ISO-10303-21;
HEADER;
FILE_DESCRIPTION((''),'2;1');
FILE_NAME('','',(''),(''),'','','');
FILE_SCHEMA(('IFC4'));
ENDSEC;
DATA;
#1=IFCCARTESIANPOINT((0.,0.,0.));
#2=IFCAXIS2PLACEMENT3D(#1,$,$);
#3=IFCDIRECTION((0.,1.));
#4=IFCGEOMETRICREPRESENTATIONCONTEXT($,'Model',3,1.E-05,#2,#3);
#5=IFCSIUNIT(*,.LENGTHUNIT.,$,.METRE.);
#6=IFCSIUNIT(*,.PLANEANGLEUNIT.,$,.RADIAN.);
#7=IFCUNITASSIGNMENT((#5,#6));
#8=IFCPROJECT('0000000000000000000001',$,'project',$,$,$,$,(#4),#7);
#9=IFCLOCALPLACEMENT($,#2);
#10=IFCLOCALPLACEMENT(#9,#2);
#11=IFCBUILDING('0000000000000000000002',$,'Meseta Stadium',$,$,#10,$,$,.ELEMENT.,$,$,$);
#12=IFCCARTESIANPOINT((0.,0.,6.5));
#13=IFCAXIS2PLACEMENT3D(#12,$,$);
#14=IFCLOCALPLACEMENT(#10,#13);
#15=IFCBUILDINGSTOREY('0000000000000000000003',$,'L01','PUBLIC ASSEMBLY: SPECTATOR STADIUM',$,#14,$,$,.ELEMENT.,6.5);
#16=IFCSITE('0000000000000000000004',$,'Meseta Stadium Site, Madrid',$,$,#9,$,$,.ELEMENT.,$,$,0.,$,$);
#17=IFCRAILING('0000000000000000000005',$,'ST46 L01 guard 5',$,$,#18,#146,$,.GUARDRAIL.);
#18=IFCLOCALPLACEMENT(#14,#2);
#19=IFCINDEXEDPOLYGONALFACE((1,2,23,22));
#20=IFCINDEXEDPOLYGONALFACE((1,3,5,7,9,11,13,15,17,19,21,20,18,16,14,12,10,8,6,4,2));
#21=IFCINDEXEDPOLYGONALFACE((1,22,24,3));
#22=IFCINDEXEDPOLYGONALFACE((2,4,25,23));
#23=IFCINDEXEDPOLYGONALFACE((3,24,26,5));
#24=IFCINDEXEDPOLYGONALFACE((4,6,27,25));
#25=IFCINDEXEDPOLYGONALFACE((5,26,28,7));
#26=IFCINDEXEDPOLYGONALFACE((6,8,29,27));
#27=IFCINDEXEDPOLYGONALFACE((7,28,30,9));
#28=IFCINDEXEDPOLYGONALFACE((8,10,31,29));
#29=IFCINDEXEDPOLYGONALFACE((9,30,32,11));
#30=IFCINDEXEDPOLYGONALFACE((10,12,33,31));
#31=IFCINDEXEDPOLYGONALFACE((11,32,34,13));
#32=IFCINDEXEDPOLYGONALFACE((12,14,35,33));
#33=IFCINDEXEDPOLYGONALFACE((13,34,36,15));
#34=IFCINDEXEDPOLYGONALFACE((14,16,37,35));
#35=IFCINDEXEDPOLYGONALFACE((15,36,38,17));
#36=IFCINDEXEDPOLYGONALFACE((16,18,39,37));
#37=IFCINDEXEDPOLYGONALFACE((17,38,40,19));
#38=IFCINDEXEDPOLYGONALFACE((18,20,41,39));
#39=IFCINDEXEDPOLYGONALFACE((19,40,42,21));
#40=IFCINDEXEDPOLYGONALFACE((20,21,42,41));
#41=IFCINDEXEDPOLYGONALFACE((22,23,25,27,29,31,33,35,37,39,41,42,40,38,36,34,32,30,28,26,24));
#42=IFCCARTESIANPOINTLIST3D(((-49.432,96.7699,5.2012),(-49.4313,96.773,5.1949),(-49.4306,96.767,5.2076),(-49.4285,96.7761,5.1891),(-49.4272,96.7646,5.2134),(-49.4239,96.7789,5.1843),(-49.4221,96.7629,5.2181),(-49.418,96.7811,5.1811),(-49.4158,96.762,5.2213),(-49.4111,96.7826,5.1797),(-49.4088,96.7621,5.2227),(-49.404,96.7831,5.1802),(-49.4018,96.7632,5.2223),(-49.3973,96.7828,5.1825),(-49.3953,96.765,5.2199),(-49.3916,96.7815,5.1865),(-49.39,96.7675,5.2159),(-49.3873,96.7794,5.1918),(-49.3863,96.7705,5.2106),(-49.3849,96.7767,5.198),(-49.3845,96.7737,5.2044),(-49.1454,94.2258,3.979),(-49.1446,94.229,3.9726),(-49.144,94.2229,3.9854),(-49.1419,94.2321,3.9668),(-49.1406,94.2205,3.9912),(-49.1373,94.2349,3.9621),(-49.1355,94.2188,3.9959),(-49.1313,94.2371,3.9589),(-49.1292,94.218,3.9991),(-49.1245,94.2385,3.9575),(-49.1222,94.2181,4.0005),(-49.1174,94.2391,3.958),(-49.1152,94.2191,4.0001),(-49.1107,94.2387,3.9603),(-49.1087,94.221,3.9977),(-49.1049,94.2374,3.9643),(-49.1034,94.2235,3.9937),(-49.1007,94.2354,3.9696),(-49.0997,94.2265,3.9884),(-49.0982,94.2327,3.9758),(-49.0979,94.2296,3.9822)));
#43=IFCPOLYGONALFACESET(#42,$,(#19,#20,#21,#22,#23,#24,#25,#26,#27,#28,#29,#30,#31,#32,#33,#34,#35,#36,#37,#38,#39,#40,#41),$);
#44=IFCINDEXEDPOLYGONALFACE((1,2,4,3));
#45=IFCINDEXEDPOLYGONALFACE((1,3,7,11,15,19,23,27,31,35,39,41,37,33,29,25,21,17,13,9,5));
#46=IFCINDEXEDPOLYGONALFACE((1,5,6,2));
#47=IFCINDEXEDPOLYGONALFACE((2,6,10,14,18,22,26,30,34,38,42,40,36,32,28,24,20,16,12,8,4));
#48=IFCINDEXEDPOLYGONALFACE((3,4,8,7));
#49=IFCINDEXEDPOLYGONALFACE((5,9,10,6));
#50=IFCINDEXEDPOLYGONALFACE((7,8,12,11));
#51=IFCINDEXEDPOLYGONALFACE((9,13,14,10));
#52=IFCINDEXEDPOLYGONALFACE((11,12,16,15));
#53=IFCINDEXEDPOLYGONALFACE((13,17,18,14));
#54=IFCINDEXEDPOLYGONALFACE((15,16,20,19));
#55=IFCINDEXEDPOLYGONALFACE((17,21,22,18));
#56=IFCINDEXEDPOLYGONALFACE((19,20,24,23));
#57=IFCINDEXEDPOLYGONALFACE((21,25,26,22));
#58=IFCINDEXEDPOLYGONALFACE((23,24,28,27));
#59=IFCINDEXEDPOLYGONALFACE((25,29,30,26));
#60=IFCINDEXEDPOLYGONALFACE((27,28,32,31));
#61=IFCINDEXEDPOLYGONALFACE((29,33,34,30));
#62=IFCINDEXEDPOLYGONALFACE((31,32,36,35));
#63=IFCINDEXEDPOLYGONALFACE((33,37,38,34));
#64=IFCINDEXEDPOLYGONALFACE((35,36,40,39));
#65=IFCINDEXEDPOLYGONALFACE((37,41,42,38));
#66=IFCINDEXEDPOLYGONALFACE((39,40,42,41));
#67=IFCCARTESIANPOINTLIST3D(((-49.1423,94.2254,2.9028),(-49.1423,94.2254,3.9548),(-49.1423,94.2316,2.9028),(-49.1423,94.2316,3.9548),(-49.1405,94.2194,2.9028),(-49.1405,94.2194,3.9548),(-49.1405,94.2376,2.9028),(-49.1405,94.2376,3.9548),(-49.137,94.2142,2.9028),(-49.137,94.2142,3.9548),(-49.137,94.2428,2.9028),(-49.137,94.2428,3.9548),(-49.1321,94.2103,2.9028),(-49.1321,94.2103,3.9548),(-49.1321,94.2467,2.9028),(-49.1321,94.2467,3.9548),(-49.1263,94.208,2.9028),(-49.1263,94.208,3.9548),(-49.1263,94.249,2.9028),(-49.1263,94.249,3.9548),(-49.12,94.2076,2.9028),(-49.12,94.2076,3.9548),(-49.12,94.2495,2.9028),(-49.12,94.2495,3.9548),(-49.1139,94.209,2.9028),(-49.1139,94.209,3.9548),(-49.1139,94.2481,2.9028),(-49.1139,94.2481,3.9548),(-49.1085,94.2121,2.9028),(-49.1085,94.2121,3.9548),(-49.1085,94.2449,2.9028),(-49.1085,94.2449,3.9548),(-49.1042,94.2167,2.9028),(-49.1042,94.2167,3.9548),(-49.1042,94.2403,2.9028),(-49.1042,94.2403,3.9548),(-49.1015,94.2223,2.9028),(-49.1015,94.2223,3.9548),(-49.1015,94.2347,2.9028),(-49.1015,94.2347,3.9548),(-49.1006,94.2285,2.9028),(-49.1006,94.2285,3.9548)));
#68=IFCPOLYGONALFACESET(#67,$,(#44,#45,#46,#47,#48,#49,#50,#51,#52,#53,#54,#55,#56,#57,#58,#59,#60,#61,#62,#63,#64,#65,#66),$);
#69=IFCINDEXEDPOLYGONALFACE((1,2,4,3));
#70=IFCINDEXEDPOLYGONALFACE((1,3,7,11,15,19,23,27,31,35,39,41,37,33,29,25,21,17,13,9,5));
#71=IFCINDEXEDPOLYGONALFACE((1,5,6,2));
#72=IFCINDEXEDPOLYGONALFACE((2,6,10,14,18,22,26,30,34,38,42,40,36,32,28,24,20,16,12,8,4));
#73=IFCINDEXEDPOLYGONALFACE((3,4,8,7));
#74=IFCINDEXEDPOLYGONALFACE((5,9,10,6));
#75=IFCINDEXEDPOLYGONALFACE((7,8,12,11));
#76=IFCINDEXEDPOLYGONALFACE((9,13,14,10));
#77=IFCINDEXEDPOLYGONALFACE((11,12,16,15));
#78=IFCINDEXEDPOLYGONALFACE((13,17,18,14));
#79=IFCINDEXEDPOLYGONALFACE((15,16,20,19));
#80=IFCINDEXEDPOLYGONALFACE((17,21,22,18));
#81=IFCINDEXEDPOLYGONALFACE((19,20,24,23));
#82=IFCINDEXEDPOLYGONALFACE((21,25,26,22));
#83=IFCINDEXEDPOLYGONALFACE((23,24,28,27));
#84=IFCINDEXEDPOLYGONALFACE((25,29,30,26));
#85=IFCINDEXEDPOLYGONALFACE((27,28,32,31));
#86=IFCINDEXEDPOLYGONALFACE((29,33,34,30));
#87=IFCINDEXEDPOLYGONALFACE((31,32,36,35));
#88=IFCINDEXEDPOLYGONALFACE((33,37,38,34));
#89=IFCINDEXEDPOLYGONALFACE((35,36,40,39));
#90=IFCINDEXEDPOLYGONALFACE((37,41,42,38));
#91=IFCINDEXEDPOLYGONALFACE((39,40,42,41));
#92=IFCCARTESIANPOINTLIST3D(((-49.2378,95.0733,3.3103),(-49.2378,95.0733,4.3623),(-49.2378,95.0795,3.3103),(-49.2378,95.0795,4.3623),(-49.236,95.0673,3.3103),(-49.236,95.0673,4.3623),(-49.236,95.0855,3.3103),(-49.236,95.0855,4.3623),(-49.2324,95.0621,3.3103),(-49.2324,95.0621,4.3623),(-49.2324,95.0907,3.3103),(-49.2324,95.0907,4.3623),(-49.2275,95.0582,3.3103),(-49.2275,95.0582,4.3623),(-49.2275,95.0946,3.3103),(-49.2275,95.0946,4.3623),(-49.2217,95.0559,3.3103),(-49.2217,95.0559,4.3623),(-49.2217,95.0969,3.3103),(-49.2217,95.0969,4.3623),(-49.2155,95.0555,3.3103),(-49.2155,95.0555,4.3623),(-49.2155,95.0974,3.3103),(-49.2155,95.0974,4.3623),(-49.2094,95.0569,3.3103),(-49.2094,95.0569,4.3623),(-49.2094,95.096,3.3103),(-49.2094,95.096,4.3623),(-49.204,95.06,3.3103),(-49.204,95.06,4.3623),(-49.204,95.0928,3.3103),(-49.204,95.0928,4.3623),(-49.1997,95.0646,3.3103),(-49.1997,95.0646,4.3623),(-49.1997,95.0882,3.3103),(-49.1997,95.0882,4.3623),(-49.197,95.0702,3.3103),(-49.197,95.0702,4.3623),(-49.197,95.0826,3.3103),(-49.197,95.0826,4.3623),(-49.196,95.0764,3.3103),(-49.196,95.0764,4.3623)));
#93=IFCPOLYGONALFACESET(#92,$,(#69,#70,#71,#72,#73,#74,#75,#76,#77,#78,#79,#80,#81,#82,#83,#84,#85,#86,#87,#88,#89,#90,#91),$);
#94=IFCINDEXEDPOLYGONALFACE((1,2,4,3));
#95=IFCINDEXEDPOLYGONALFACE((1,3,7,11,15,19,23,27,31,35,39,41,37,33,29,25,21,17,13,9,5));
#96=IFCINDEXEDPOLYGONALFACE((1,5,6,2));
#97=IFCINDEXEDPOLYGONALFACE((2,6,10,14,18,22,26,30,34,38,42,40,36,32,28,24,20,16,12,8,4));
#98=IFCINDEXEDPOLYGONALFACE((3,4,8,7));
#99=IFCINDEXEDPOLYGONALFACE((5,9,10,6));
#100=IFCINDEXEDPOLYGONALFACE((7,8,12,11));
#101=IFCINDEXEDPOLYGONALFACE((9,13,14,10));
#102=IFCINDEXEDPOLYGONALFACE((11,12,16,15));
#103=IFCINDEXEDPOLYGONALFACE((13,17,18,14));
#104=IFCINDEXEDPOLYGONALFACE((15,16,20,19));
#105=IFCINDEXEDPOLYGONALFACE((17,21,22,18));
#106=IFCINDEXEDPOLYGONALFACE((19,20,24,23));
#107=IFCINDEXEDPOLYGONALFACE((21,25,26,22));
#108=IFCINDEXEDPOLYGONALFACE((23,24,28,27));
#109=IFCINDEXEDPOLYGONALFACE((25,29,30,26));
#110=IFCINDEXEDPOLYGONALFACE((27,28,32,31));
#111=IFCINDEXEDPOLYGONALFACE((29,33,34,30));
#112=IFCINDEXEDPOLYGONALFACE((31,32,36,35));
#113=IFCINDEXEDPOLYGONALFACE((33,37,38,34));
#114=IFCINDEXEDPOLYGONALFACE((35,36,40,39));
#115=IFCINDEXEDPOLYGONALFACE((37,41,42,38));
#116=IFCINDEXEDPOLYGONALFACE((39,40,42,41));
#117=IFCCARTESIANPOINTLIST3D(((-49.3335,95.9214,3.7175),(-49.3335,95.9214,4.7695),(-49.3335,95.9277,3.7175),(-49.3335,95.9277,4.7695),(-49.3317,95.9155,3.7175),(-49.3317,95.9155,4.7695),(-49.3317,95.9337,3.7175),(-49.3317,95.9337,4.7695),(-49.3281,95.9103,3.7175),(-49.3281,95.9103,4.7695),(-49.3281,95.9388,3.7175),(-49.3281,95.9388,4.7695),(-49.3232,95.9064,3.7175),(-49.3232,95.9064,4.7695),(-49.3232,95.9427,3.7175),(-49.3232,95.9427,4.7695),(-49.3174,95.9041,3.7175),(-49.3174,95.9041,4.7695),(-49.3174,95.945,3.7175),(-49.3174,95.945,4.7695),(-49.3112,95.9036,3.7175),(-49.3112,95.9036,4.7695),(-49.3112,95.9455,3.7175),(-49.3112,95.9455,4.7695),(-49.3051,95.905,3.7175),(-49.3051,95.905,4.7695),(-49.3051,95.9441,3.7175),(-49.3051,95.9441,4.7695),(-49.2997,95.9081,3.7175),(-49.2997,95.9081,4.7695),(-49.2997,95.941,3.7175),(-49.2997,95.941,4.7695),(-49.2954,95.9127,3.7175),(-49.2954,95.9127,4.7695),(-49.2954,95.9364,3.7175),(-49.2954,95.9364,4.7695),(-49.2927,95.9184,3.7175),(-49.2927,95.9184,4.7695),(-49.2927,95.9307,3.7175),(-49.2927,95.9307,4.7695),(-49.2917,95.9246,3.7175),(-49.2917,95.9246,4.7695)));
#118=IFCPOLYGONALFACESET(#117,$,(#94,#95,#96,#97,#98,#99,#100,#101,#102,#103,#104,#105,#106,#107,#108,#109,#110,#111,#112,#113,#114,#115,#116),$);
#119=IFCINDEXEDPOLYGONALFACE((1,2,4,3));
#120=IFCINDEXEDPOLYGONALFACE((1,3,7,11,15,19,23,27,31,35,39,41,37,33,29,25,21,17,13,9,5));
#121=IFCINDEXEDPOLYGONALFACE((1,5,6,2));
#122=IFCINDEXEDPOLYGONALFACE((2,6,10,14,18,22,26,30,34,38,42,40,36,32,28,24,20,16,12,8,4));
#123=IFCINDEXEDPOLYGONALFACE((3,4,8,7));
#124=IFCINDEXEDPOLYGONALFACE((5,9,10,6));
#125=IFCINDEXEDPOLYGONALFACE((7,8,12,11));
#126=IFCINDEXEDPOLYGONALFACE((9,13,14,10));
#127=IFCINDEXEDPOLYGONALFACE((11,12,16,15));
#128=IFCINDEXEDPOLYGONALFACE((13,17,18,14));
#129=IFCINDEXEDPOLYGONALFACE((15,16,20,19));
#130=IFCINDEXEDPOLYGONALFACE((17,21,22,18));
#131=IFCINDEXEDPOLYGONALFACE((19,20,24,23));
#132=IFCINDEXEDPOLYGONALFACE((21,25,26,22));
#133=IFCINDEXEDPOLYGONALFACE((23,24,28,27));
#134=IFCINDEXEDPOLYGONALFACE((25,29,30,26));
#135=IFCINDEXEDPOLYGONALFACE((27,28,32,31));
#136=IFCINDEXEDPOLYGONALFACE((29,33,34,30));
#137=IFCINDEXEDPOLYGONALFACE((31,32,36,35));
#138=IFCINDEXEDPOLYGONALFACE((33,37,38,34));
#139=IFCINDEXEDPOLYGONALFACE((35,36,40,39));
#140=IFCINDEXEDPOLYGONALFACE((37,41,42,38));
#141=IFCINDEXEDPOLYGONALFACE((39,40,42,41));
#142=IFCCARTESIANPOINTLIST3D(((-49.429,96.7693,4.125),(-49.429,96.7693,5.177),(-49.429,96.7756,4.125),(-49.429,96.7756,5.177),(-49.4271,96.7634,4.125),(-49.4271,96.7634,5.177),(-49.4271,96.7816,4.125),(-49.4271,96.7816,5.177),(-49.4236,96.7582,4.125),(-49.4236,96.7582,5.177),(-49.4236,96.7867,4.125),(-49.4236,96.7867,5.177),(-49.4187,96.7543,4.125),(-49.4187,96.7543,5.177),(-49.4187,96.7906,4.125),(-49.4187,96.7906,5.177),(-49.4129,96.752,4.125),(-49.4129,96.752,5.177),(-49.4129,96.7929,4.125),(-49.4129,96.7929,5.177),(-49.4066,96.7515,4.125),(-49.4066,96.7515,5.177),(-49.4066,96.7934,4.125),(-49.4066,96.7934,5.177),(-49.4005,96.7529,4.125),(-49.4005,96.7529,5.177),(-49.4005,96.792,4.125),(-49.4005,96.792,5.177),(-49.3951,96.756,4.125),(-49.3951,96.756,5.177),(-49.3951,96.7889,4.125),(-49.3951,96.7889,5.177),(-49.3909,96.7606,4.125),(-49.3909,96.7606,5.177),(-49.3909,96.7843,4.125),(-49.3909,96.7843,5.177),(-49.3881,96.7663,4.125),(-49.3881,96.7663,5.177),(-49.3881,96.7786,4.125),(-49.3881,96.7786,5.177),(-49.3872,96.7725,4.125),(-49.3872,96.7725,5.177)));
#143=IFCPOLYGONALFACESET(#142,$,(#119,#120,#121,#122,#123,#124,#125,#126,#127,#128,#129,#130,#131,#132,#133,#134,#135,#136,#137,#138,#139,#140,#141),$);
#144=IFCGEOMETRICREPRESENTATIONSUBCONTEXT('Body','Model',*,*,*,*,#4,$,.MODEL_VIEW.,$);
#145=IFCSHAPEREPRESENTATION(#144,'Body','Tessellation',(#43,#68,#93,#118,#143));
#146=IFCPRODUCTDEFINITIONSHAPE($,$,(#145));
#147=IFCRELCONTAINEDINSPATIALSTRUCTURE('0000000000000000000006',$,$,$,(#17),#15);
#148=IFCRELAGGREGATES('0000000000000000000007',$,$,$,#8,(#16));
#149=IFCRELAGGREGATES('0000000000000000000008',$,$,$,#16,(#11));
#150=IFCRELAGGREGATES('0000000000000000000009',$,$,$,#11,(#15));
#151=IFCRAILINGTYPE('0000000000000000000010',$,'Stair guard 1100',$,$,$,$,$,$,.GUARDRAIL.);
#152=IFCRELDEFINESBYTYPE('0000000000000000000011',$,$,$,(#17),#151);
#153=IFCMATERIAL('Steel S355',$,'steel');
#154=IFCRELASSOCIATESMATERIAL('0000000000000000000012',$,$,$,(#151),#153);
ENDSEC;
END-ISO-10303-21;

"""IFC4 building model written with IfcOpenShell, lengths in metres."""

from ifc_helpers import new_model, si_unit, direction, frame, origin, origin_2d, place, context, subcontext, project, spatial, circle, extrude, material, type_object, element, save


model = new_model("IFC4")

# Units and contexts
model_context = context("Model", 3, precision=1e-05, world=origin(), true_north=direction((0.0, 1.0)))
body_context = subcontext(model_context, "Body", "Model", "MODEL_VIEW")
ifc_project = project(units=[si_unit("LENGTHUNIT", "METRE"), si_unit("PLANEANGLEUNIT", "RADIAN")], contexts=[model_context])

# Site, building, storey
site_placement = place(None, origin())
site = spatial("IfcSite", under=ifc_project, at=site_placement, Name="Meseta Stadium Site, Madrid", CompositionType="ELEMENT", RefElevation=0.0)
building_placement = place(site_placement, origin())
building = spatial("IfcBuilding", under=site, at=building_placement, Name="Meseta Stadium", CompositionType="ELEMENT")
storey_placement = place(building_placement, frame((0.0, 0.0, 6.5)))
storey = spatial("IfcBuildingStorey", under=building, at=storey_placement, Name="L01", Description="PUBLIC ASSEMBLY: SPECTATOR STADIUM", CompositionType="ELEMENT", Elevation=6.5)

# Railing
ifc_material_1 = material(Name="Steel S355", Category="steel")
railing_type_1 = type_object("IfcRailingType", Name="Stair guard 1100", PredefinedType="GUARDRAIL", material=ifc_material_1)
railing_1_placement = place(storey_placement, frame((-49.1216, 94.2285, 2.9028)))
element("IfcRailing", 1, at=railing_1_placement, inside=storey, type_object=railing_type_1, Name="ST46 L01 guard 5", PredefinedType="GUARDRAIL", context=body_context, shape_type="SweptSolid", body=[
    extrude(circle(Radius=0.0239, at=origin_2d()), frame((0.0, 0.0, 1.0762), z_axis=(-0.101036, 0.896762, 0.430824), x_axis=(-0.993713, -0.11196, 0.0)), (0.0, 0.0, 1.0), 2.8369),
    extrude(circle(Radius=0.021, at=origin_2d()), origin(), (0.0, 0.0, 1.0), 1.052),
    extrude(circle(Radius=0.021, at=origin_2d()), frame((-0.0955, 0.8479, 0.4075)), (0.0, 0.0, 1.0), 1.052),
    extrude(circle(Radius=0.021, at=origin_2d()), frame((-0.1912, 1.696, 0.8147)), (0.0, 0.0, 1.0), 1.052),
    extrude(circle(Radius=0.021, at=origin_2d()), frame((-0.2866, 2.5439, 1.2222)), (0.0, 0.0, 1.0), 1.052),
])

save(model, "model.ifc")
